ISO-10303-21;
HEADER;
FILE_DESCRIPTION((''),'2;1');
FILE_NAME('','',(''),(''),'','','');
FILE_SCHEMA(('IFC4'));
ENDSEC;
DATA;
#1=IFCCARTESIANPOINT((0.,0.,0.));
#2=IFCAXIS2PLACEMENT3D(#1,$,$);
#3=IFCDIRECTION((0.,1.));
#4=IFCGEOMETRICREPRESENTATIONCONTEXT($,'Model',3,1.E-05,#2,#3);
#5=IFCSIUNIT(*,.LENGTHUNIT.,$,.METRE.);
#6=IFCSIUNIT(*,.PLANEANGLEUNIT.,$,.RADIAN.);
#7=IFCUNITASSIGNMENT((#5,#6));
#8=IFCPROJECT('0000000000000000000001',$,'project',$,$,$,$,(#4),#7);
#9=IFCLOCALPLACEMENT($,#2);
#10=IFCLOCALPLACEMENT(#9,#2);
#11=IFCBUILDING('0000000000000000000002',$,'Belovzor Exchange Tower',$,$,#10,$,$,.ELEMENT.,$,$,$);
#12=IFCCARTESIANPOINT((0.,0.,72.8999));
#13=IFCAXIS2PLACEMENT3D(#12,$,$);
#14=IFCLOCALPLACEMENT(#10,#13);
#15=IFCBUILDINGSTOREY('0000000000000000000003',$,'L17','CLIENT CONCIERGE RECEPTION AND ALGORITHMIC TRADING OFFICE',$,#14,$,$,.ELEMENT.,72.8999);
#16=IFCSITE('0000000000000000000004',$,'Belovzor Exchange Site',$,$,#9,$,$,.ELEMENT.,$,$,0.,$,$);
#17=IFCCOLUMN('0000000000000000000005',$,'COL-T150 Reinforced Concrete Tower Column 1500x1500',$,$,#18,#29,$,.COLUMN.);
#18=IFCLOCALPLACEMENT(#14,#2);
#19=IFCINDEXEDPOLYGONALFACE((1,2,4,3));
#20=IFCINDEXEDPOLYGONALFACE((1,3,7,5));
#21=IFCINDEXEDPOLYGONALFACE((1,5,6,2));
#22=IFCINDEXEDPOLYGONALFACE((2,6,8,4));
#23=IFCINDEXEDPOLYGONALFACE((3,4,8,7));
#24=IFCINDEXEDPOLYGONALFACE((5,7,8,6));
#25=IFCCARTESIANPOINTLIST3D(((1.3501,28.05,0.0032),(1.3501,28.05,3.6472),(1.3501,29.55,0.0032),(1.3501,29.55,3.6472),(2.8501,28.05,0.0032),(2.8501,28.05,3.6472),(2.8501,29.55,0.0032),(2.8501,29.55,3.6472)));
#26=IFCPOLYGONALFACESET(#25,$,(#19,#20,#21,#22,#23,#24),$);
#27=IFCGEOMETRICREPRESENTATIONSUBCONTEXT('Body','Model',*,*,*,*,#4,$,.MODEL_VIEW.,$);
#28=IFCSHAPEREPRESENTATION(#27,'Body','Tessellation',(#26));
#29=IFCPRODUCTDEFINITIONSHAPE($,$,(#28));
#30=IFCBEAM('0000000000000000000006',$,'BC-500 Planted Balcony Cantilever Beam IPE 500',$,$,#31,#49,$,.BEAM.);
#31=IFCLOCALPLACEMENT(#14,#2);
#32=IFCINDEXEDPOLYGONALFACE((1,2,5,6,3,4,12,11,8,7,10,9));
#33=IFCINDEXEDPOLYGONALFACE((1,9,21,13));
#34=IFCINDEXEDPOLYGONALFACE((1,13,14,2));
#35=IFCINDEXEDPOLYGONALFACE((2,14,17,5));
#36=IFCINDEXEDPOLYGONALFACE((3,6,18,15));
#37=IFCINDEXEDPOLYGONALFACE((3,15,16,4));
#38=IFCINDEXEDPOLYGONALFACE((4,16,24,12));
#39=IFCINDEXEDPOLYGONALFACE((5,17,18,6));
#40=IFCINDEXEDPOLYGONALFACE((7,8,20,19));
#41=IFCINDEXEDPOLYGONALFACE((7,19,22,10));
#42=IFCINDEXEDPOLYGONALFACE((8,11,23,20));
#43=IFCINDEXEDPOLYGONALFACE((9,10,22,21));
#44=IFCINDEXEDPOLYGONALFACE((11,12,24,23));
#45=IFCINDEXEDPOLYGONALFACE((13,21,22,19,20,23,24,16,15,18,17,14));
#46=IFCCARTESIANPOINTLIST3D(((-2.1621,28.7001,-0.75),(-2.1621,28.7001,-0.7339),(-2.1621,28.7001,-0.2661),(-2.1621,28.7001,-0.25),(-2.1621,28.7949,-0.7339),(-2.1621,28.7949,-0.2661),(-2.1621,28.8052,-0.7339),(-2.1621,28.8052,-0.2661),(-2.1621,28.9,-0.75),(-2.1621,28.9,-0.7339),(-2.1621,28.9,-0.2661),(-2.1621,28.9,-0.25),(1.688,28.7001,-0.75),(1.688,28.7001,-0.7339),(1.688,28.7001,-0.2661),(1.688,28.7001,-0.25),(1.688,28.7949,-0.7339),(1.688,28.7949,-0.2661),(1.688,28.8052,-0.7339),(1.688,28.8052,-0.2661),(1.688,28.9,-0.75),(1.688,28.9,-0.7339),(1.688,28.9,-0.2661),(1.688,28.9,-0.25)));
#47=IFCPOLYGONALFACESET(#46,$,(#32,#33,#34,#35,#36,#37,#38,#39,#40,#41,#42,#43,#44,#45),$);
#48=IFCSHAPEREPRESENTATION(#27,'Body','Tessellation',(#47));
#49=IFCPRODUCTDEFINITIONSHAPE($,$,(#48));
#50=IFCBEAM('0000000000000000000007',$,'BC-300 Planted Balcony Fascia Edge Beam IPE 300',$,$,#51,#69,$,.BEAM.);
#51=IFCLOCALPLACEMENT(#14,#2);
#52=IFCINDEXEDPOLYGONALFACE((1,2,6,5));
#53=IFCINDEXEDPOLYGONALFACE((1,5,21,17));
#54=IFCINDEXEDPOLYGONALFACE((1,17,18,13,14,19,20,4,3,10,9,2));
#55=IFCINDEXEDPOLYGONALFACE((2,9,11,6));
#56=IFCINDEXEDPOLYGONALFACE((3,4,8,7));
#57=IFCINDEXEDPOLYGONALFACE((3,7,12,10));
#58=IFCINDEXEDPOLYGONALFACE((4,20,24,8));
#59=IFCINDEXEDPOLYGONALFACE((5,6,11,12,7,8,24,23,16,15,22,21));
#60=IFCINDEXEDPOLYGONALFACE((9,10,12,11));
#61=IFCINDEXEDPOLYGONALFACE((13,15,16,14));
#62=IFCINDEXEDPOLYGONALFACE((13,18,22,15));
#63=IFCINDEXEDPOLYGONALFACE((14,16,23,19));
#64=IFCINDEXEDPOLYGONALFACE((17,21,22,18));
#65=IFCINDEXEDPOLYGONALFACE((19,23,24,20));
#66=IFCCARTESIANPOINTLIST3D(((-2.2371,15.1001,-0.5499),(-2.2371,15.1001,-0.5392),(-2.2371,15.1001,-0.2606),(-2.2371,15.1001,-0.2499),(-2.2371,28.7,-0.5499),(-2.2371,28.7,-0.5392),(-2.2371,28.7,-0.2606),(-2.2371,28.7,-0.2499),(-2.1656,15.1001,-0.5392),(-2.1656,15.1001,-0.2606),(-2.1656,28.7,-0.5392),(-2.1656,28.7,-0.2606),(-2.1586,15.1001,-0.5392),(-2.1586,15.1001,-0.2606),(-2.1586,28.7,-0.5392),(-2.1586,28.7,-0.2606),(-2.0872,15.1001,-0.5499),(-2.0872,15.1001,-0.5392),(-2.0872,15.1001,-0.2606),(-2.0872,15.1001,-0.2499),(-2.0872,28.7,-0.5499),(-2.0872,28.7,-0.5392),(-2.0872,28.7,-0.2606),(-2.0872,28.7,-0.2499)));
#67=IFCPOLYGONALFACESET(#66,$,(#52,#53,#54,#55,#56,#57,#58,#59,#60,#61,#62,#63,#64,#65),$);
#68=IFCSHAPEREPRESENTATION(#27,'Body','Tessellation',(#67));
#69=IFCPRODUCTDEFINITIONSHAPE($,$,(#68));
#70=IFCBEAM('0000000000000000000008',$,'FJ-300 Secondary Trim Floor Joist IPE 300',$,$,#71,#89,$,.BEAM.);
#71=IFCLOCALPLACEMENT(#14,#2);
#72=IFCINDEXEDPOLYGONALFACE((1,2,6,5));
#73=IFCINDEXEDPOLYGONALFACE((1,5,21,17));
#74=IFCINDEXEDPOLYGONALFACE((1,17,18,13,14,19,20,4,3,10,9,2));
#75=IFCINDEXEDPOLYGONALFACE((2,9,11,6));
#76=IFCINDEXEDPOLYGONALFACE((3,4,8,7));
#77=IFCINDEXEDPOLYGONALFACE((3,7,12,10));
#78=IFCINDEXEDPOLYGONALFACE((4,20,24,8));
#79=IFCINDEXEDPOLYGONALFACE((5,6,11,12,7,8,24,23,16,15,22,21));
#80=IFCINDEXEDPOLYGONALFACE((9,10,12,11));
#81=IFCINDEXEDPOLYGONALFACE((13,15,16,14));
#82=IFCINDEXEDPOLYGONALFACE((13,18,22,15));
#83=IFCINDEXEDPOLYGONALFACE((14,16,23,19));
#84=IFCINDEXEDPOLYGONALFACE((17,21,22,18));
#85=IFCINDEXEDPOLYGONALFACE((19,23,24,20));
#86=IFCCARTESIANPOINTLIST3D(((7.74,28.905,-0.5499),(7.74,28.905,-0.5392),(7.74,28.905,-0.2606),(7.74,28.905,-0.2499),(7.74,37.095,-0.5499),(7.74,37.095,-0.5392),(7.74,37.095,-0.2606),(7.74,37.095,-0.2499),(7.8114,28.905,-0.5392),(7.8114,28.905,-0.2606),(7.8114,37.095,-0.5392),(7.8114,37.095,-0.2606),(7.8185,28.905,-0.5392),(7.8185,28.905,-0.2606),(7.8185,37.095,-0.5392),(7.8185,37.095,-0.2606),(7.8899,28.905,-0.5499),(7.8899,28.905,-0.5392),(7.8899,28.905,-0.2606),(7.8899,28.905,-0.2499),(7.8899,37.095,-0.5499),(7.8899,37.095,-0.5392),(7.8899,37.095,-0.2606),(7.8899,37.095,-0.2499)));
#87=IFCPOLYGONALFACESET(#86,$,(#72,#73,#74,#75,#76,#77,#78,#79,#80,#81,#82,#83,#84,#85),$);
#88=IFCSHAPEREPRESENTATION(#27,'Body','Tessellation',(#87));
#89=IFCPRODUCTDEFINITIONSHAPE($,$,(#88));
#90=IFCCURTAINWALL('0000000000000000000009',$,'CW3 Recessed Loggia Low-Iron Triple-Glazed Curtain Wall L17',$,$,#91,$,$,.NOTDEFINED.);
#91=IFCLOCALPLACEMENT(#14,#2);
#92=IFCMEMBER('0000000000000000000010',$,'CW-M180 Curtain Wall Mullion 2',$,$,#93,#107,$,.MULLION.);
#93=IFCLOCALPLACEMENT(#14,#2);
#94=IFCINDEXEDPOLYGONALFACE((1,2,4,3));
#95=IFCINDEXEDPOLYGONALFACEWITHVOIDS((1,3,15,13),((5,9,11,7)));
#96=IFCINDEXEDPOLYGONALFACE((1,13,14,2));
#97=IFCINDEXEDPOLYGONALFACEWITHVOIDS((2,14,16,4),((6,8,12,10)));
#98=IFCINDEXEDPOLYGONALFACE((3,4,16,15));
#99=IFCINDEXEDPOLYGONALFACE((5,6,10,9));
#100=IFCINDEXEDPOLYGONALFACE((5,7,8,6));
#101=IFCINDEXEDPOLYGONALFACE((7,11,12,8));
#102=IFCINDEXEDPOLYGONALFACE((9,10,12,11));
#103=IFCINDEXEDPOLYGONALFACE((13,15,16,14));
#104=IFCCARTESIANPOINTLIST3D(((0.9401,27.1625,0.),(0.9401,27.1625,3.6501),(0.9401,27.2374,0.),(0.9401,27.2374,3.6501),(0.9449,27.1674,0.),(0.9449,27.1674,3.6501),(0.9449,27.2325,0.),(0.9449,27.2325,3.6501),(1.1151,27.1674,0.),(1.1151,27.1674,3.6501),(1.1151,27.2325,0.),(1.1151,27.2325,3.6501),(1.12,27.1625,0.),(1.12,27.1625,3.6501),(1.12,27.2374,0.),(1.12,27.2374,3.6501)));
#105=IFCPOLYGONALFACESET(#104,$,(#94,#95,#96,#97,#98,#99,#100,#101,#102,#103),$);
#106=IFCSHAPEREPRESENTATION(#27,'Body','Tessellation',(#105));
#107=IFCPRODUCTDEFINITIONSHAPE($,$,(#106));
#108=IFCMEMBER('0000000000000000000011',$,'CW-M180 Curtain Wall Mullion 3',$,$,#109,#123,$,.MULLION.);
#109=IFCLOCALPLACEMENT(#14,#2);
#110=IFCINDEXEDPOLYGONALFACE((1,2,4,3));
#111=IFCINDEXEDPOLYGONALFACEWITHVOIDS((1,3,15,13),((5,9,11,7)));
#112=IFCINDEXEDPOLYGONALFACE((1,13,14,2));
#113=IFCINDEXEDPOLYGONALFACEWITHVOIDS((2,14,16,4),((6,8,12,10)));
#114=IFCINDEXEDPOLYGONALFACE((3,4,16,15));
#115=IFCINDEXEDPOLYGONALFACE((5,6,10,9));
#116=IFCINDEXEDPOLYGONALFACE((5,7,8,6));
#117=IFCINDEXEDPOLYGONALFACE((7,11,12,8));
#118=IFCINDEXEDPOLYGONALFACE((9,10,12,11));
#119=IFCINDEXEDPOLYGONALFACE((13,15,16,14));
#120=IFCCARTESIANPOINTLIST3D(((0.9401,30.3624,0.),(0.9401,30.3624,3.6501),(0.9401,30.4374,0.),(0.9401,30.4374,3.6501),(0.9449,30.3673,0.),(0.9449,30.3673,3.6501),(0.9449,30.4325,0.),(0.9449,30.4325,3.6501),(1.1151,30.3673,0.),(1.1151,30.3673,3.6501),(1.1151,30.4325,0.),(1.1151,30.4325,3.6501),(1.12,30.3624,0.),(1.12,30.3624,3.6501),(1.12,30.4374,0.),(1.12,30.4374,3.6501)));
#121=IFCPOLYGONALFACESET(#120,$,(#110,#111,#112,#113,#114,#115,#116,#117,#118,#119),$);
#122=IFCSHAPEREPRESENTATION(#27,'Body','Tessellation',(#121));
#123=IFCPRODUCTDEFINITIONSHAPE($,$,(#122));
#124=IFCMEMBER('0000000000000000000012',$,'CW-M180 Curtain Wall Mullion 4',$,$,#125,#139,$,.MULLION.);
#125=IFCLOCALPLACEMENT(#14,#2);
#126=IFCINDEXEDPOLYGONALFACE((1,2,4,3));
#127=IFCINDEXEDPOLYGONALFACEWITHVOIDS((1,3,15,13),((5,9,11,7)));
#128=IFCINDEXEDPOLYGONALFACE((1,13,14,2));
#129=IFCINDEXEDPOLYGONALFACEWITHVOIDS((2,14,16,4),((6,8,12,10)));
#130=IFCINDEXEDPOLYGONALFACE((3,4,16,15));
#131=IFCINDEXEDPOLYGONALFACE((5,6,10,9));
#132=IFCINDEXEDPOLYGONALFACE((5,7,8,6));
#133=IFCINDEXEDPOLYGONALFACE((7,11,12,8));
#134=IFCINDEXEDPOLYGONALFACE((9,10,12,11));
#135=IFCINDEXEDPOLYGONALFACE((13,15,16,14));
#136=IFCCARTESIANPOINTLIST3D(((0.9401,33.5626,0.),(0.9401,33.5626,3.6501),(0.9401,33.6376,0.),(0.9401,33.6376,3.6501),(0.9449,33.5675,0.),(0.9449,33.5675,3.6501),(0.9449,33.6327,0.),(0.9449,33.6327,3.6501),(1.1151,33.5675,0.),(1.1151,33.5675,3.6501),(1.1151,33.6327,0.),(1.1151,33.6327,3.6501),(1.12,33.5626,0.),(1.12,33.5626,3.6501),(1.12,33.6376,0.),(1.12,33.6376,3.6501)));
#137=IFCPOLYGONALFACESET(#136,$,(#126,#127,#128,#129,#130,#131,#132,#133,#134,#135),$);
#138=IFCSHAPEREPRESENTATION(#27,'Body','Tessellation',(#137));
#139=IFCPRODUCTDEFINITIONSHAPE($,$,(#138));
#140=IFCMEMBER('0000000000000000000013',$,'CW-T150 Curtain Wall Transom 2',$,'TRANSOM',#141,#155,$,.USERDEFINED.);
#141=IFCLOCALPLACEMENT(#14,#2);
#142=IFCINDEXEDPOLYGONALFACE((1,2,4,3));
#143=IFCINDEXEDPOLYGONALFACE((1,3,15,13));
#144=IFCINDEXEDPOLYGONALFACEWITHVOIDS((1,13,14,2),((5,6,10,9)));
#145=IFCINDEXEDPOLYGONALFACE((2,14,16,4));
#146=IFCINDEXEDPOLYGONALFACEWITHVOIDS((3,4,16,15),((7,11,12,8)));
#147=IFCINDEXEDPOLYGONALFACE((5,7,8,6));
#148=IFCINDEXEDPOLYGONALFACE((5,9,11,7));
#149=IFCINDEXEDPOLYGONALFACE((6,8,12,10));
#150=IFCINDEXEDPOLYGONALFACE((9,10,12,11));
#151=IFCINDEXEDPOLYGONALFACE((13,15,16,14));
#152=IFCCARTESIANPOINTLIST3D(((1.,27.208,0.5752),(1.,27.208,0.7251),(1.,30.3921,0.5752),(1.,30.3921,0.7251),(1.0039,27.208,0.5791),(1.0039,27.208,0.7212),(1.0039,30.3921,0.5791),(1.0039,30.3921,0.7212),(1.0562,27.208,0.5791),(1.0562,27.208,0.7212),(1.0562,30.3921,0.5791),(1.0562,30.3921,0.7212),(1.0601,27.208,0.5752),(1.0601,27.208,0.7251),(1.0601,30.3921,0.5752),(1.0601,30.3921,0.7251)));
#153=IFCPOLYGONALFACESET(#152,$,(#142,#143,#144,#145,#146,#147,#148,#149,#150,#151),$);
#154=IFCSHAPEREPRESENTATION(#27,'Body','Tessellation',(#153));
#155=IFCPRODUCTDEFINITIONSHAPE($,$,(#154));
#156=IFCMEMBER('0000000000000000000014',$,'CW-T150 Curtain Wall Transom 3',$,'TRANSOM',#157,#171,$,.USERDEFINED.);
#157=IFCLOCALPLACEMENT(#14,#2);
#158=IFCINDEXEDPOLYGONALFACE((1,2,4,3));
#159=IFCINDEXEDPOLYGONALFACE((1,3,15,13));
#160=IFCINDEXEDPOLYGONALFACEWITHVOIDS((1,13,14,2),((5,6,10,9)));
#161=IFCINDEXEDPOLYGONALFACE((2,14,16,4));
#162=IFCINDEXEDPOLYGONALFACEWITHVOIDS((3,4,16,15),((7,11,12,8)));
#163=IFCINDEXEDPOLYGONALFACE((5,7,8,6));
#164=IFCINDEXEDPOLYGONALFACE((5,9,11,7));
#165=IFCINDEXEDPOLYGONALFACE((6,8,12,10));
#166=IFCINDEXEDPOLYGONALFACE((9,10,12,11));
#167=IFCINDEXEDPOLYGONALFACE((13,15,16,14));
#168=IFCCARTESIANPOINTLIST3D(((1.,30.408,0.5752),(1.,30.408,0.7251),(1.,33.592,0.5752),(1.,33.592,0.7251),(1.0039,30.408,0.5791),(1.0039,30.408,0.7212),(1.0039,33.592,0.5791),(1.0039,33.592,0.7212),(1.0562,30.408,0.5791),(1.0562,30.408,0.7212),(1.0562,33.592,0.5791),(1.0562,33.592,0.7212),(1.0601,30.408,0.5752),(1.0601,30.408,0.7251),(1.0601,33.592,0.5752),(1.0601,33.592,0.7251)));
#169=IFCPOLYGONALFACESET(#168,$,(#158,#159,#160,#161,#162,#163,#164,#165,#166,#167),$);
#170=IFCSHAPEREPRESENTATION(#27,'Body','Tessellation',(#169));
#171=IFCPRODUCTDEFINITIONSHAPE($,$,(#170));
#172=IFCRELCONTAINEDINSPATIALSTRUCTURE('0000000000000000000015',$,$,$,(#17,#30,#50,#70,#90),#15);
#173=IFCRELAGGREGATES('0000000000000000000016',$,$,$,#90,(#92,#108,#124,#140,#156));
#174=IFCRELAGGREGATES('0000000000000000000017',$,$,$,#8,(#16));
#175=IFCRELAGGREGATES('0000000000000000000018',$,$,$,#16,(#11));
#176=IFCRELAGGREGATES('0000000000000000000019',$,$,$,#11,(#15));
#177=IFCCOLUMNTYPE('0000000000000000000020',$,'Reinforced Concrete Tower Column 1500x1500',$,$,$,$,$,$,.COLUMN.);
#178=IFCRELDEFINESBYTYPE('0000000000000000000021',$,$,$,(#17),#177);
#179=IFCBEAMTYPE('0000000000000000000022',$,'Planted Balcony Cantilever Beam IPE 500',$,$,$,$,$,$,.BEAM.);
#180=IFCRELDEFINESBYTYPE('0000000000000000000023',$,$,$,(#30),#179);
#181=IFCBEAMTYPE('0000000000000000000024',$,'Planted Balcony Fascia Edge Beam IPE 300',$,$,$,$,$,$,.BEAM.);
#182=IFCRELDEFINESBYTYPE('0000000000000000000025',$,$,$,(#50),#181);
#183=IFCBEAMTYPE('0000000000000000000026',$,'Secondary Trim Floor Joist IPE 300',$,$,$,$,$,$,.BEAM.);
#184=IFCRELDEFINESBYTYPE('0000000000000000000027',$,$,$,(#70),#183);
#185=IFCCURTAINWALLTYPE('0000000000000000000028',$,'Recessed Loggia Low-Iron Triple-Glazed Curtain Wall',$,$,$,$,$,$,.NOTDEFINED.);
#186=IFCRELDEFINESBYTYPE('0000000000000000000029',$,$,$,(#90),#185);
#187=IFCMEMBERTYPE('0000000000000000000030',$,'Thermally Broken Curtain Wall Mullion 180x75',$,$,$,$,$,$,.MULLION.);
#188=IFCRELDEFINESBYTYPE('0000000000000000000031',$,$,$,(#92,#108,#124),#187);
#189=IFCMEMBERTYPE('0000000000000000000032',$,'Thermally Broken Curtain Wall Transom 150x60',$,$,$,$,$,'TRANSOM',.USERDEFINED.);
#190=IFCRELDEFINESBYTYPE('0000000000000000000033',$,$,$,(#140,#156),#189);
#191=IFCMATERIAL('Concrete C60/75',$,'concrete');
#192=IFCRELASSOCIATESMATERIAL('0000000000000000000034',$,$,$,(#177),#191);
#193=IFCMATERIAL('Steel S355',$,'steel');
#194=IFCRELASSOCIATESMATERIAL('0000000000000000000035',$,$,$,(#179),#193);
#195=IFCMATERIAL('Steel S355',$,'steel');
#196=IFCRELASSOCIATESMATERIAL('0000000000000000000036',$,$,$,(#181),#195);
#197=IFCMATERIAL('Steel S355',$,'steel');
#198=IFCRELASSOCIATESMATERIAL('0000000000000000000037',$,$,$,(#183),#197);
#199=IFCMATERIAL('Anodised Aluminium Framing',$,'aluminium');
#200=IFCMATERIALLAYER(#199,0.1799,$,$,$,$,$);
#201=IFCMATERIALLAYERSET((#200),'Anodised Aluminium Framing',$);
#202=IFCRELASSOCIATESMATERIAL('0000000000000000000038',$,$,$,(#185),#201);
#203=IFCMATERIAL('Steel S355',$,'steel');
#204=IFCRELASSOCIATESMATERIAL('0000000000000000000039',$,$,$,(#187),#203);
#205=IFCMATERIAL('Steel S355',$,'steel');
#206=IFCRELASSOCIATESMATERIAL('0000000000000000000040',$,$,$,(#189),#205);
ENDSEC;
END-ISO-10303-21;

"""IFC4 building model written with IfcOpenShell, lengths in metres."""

from ifc_helpers import new_model, si_unit, direction, frame, origin, origin_2d, place, context, subcontext, project, spatial, rectangle, hollow_rectangle, i_section, extrude, material, layer, layer_set, material_profile, profile_set, type_object, element, aggregate, save


model = new_model("IFC4")

# Units and contexts
model_context = context("Model", 3, precision=1e-05, world=origin(), true_north=direction((0.0, 1.0)))
body_context = subcontext(model_context, "Body", "Model", "MODEL_VIEW")
ifc_project = project(units=[si_unit("LENGTHUNIT", "METRE"), si_unit("PLANEANGLEUNIT", "RADIAN")], contexts=[model_context])

# Site, building, storey
site_placement = place(None, origin())
site = spatial("IfcSite", under=ifc_project, at=site_placement, Name="Belovzor Exchange Site", CompositionType="ELEMENT", RefElevation=0.0)
building_placement = place(site_placement, origin())
building = spatial("IfcBuilding", under=site, at=building_placement, Name="Belovzor Exchange Tower", CompositionType="ELEMENT")
storey_placement = place(building_placement, frame((0.0, 0.0, 72.8999)))
storey = spatial("IfcBuildingStorey", under=building, at=storey_placement, Name="L17", Description="CLIENT CONCIERGE RECEPTION AND ALGORITHMIC TRADING OFFICE", CompositionType="ELEMENT", Elevation=72.8999)

# Column
ifc_material_1 = material(Name="Concrete C60/75", Category="concrete")
ifc_material_profile_1 = material_profile(ifc_material_1, rectangle(XDim=1.5, YDim=1.5, at=origin_2d()))
ifc_profile_set_1 = profile_set([ifc_material_profile_1], Name="Concrete C60/75")
column_type = type_object("IfcColumnType", Name="Reinforced Concrete Tower Column 1500x1500", PredefinedType="COLUMN", material=ifc_profile_set_1)
column_placement = place(storey_placement, frame((2.1001, 28.8, 0.0032), z_axis=(0.0, 0.0, 1.0), x_axis=(1.0, 0.0, 0.0)))
element("IfcColumn", 1, at=column_placement, inside=storey, type_object=column_type, Name="COL-T150 Reinforced Concrete Tower Column 1500x1500", PredefinedType="COLUMN", context=body_context, shape_type="SweptSolid", body=[
    extrude(rectangle(XDim=1.5, YDim=1.5, at=origin_2d()), origin(), (0.0, 0.0, 1.0), 3.644),
])

# Beams
ifc_material_2 = material(Name="Steel S355", Category="steel")
ifc_material_profile_2 = material_profile(ifc_material_2, i_section(OverallWidth=0.2, OverallDepth=0.5, WebThickness=0.0103, FlangeThickness=0.0161, at=origin_2d()))
ifc_profile_set_2 = profile_set([ifc_material_profile_2], Name="Steel S355")
beam_type_1 = type_object("IfcBeamType", Name="Planted Balcony Cantilever Beam IPE 500", PredefinedType="BEAM", material=ifc_profile_set_2)
beam_1_placement = place(storey_placement, frame((1.688, 28.8, -0.5), z_axis=(-1.0, 0.0, 0.0), x_axis=(0.0, -1.0, 0.0)))
element("IfcBeam", 2, at=beam_1_placement, inside=storey, type_object=beam_type_1, Name="BC-500 Planted Balcony Cantilever Beam IPE 500", PredefinedType="BEAM", context=body_context, shape_type="SweptSolid", body=[
    extrude(i_section(OverallWidth=0.2, OverallDepth=0.5, WebThickness=0.0103, FlangeThickness=0.0161, at=origin_2d()), origin(), (0.0, 0.0, 1.0), 3.8501),
])
ifc_material_3 = material(Name="Steel S355", Category="steel")
ifc_material_profile_3 = material_profile(ifc_material_3, i_section(OverallWidth=0.1499, OverallDepth=0.3, WebThickness=0.0071, FlangeThickness=0.0107, at=origin_2d()))
ifc_profile_set_3 = profile_set([ifc_material_profile_3], Name="Steel S355")
beam_type_2 = type_object("IfcBeamType", Name="Planted Balcony Fascia Edge Beam IPE 300", PredefinedType="BEAM", material=ifc_profile_set_3)
beam_2_placement = place(storey_placement, frame((-2.1621, 28.7, -0.3999), z_axis=(0.0, -1.0, 0.0), x_axis=(1.0, 0.0, 0.0)))
element("IfcBeam", 3, at=beam_2_placement, inside=storey, type_object=beam_type_2, Name="BC-300 Planted Balcony Fascia Edge Beam IPE 300", PredefinedType="BEAM", context=body_context, shape_type="SweptSolid", body=[
    extrude(i_section(OverallWidth=0.1499, OverallDepth=0.3, WebThickness=0.0071, FlangeThickness=0.0107, at=origin_2d()), origin(), (0.0, 0.0, 1.0), 13.5999),
])
ifc_material_4 = material(Name="Steel S355", Category="steel")
ifc_material_profile_4 = material_profile(ifc_material_4, i_section(OverallWidth=0.1499, OverallDepth=0.3, WebThickness=0.0071, FlangeThickness=0.0107, at=origin_2d()))
ifc_profile_set_4 = profile_set([ifc_material_profile_4], Name="Steel S355")
beam_type_3 = type_object("IfcBeamType", Name="Secondary Trim Floor Joist IPE 300", PredefinedType="BEAM", material=ifc_profile_set_4)
beam_3_placement = place(storey_placement, frame((7.8149, 28.905, -0.3999), z_axis=(0.0, 1.0, 0.0), x_axis=(-1.0, 0.0, 0.0)))
element("IfcBeam", 4, at=beam_3_placement, inside=storey, type_object=beam_type_3, Name="FJ-300 Secondary Trim Floor Joist IPE 300", PredefinedType="BEAM", context=body_context, shape_type="SweptSolid", body=[
    extrude(i_section(OverallWidth=0.1499, OverallDepth=0.3, WebThickness=0.0071, FlangeThickness=0.0107, at=origin_2d()), origin(), (0.0, 0.0, 1.0), 8.1899),
])

# Curtain wall, members
ifc_material_5 = material(Name="Anodised Aluminium Framing", Category="aluminium")
ifc_layer_1 = layer(ifc_material_5, 0.1799)
ifc_layer_set_1 = layer_set([ifc_layer_1], Name="Anodised Aluminium Framing")
curtain_wall_type = type_object("IfcCurtainWallType", Name="Recessed Loggia Low-Iron Triple-Glazed Curtain Wall", PredefinedType="NOTDEFINED", material=ifc_layer_set_1)
curtain_wall_placement = place(storey_placement, origin())
curtain_wall = element("IfcCurtainWall", 5, at=curtain_wall_placement, inside=storey, type_object=curtain_wall_type, Name="CW3 Recessed Loggia Low-Iron Triple-Glazed Curtain Wall L17", PredefinedType="NOTDEFINED")
ifc_material_6 = material(Name="Steel S355", Category="steel")
ifc_material_profile_5 = material_profile(ifc_material_6, hollow_rectangle(XDim=0.075, YDim=0.1799, WallThickness=0.0049, at=origin_2d()))
ifc_profile_set_5 = profile_set([ifc_material_profile_5], Name="Steel S355")
member_type_1 = type_object("IfcMemberType", Name="Thermally Broken Curtain Wall Mullion 180x75", PredefinedType="MULLION", material=ifc_profile_set_5)
member_1_placement = place(storey_placement, frame((1.03, 27.2, 0.0), z_axis=(0.0, 0.0, 1.0), x_axis=(0.0, 1.0, 0.0)))
member_1 = element("IfcMember", 6, at=member_1_placement, type_object=member_type_1, Name="CW-M180 Curtain Wall Mullion 2", PredefinedType="MULLION", context=body_context, shape_type="SweptSolid", body=[
    extrude(hollow_rectangle(XDim=0.075, YDim=0.1799, WallThickness=0.0049, at=origin_2d()), origin(), (0.0, 0.0, 1.0), 3.6501),
])
member_2_placement = place(storey_placement, frame((1.03, 30.3999, 0.0), z_axis=(0.0, 0.0, 1.0), x_axis=(0.0, 1.0, 0.0)))
member_2 = element("IfcMember", 7, at=member_2_placement, type_object=member_type_1, Name="CW-M180 Curtain Wall Mullion 3", PredefinedType="MULLION", context=body_context, shape_type="SweptSolid", body=[
    extrude(hollow_rectangle(XDim=0.075, YDim=0.1799, WallThickness=0.0049, at=origin_2d()), origin(), (0.0, 0.0, 1.0), 3.6501),
])
member_3_placement = place(storey_placement, frame((1.03, 33.6001, 0.0), z_axis=(0.0, 0.0, 1.0), x_axis=(0.0, 1.0, 0.0)))
member_3 = element("IfcMember", 8, at=member_3_placement, type_object=member_type_1, Name="CW-M180 Curtain Wall Mullion 4", PredefinedType="MULLION", context=body_context, shape_type="SweptSolid", body=[
    extrude(hollow_rectangle(XDim=0.075, YDim=0.1799, WallThickness=0.0049, at=origin_2d()), origin(), (0.0, 0.0, 1.0), 3.6501),
])
ifc_material_7 = material(Name="Steel S355", Category="steel")
ifc_material_profile_6 = material_profile(ifc_material_7, hollow_rectangle(XDim=0.0601, YDim=0.1499, WallThickness=0.0039, at=origin_2d()))
ifc_profile_set_6 = profile_set([ifc_material_profile_6], Name="Steel S355")
member_type_2 = type_object("IfcMemberType", Name="Thermally Broken Curtain Wall Transom 150x60", ElementType="TRANSOM", PredefinedType="USERDEFINED", material=ifc_profile_set_6)
member_4_placement = place(storey_placement, frame((1.03, 27.208, 0.6501), z_axis=(0.0, 1.0, 0.0), x_axis=(-1.0, 0.0, 0.0)))
member_4 = element("IfcMember", 9, at=member_4_placement, type_object=member_type_2, Name="CW-T150 Curtain Wall Transom 2", ObjectType="TRANSOM", PredefinedType="USERDEFINED", context=body_context, shape_type="SweptSolid", body=[
    extrude(hollow_rectangle(XDim=0.0601, YDim=0.1499, WallThickness=0.0039, at=origin_2d()), origin(), (0.0, 0.0, 1.0), 3.1841),
])
member_5_placement = place(storey_placement, frame((1.03, 30.408, 0.6501), z_axis=(0.0, 1.0, 0.0), x_axis=(-1.0, 0.0, 0.0)))
member_5 = element("IfcMember", 10, at=member_5_placement, type_object=member_type_2, Name="CW-T150 Curtain Wall Transom 3", ObjectType="TRANSOM", PredefinedType="USERDEFINED", context=body_context, shape_type="SweptSolid", body=[
    extrude(hollow_rectangle(XDim=0.0601, YDim=0.1499, WallThickness=0.0039, at=origin_2d()), origin(), (0.0, 0.0, 1.0), 3.1841),
])

aggregate(curtain_wall, [member_1, member_2, member_3, member_4, member_5])

save(model, "model.ifc")
